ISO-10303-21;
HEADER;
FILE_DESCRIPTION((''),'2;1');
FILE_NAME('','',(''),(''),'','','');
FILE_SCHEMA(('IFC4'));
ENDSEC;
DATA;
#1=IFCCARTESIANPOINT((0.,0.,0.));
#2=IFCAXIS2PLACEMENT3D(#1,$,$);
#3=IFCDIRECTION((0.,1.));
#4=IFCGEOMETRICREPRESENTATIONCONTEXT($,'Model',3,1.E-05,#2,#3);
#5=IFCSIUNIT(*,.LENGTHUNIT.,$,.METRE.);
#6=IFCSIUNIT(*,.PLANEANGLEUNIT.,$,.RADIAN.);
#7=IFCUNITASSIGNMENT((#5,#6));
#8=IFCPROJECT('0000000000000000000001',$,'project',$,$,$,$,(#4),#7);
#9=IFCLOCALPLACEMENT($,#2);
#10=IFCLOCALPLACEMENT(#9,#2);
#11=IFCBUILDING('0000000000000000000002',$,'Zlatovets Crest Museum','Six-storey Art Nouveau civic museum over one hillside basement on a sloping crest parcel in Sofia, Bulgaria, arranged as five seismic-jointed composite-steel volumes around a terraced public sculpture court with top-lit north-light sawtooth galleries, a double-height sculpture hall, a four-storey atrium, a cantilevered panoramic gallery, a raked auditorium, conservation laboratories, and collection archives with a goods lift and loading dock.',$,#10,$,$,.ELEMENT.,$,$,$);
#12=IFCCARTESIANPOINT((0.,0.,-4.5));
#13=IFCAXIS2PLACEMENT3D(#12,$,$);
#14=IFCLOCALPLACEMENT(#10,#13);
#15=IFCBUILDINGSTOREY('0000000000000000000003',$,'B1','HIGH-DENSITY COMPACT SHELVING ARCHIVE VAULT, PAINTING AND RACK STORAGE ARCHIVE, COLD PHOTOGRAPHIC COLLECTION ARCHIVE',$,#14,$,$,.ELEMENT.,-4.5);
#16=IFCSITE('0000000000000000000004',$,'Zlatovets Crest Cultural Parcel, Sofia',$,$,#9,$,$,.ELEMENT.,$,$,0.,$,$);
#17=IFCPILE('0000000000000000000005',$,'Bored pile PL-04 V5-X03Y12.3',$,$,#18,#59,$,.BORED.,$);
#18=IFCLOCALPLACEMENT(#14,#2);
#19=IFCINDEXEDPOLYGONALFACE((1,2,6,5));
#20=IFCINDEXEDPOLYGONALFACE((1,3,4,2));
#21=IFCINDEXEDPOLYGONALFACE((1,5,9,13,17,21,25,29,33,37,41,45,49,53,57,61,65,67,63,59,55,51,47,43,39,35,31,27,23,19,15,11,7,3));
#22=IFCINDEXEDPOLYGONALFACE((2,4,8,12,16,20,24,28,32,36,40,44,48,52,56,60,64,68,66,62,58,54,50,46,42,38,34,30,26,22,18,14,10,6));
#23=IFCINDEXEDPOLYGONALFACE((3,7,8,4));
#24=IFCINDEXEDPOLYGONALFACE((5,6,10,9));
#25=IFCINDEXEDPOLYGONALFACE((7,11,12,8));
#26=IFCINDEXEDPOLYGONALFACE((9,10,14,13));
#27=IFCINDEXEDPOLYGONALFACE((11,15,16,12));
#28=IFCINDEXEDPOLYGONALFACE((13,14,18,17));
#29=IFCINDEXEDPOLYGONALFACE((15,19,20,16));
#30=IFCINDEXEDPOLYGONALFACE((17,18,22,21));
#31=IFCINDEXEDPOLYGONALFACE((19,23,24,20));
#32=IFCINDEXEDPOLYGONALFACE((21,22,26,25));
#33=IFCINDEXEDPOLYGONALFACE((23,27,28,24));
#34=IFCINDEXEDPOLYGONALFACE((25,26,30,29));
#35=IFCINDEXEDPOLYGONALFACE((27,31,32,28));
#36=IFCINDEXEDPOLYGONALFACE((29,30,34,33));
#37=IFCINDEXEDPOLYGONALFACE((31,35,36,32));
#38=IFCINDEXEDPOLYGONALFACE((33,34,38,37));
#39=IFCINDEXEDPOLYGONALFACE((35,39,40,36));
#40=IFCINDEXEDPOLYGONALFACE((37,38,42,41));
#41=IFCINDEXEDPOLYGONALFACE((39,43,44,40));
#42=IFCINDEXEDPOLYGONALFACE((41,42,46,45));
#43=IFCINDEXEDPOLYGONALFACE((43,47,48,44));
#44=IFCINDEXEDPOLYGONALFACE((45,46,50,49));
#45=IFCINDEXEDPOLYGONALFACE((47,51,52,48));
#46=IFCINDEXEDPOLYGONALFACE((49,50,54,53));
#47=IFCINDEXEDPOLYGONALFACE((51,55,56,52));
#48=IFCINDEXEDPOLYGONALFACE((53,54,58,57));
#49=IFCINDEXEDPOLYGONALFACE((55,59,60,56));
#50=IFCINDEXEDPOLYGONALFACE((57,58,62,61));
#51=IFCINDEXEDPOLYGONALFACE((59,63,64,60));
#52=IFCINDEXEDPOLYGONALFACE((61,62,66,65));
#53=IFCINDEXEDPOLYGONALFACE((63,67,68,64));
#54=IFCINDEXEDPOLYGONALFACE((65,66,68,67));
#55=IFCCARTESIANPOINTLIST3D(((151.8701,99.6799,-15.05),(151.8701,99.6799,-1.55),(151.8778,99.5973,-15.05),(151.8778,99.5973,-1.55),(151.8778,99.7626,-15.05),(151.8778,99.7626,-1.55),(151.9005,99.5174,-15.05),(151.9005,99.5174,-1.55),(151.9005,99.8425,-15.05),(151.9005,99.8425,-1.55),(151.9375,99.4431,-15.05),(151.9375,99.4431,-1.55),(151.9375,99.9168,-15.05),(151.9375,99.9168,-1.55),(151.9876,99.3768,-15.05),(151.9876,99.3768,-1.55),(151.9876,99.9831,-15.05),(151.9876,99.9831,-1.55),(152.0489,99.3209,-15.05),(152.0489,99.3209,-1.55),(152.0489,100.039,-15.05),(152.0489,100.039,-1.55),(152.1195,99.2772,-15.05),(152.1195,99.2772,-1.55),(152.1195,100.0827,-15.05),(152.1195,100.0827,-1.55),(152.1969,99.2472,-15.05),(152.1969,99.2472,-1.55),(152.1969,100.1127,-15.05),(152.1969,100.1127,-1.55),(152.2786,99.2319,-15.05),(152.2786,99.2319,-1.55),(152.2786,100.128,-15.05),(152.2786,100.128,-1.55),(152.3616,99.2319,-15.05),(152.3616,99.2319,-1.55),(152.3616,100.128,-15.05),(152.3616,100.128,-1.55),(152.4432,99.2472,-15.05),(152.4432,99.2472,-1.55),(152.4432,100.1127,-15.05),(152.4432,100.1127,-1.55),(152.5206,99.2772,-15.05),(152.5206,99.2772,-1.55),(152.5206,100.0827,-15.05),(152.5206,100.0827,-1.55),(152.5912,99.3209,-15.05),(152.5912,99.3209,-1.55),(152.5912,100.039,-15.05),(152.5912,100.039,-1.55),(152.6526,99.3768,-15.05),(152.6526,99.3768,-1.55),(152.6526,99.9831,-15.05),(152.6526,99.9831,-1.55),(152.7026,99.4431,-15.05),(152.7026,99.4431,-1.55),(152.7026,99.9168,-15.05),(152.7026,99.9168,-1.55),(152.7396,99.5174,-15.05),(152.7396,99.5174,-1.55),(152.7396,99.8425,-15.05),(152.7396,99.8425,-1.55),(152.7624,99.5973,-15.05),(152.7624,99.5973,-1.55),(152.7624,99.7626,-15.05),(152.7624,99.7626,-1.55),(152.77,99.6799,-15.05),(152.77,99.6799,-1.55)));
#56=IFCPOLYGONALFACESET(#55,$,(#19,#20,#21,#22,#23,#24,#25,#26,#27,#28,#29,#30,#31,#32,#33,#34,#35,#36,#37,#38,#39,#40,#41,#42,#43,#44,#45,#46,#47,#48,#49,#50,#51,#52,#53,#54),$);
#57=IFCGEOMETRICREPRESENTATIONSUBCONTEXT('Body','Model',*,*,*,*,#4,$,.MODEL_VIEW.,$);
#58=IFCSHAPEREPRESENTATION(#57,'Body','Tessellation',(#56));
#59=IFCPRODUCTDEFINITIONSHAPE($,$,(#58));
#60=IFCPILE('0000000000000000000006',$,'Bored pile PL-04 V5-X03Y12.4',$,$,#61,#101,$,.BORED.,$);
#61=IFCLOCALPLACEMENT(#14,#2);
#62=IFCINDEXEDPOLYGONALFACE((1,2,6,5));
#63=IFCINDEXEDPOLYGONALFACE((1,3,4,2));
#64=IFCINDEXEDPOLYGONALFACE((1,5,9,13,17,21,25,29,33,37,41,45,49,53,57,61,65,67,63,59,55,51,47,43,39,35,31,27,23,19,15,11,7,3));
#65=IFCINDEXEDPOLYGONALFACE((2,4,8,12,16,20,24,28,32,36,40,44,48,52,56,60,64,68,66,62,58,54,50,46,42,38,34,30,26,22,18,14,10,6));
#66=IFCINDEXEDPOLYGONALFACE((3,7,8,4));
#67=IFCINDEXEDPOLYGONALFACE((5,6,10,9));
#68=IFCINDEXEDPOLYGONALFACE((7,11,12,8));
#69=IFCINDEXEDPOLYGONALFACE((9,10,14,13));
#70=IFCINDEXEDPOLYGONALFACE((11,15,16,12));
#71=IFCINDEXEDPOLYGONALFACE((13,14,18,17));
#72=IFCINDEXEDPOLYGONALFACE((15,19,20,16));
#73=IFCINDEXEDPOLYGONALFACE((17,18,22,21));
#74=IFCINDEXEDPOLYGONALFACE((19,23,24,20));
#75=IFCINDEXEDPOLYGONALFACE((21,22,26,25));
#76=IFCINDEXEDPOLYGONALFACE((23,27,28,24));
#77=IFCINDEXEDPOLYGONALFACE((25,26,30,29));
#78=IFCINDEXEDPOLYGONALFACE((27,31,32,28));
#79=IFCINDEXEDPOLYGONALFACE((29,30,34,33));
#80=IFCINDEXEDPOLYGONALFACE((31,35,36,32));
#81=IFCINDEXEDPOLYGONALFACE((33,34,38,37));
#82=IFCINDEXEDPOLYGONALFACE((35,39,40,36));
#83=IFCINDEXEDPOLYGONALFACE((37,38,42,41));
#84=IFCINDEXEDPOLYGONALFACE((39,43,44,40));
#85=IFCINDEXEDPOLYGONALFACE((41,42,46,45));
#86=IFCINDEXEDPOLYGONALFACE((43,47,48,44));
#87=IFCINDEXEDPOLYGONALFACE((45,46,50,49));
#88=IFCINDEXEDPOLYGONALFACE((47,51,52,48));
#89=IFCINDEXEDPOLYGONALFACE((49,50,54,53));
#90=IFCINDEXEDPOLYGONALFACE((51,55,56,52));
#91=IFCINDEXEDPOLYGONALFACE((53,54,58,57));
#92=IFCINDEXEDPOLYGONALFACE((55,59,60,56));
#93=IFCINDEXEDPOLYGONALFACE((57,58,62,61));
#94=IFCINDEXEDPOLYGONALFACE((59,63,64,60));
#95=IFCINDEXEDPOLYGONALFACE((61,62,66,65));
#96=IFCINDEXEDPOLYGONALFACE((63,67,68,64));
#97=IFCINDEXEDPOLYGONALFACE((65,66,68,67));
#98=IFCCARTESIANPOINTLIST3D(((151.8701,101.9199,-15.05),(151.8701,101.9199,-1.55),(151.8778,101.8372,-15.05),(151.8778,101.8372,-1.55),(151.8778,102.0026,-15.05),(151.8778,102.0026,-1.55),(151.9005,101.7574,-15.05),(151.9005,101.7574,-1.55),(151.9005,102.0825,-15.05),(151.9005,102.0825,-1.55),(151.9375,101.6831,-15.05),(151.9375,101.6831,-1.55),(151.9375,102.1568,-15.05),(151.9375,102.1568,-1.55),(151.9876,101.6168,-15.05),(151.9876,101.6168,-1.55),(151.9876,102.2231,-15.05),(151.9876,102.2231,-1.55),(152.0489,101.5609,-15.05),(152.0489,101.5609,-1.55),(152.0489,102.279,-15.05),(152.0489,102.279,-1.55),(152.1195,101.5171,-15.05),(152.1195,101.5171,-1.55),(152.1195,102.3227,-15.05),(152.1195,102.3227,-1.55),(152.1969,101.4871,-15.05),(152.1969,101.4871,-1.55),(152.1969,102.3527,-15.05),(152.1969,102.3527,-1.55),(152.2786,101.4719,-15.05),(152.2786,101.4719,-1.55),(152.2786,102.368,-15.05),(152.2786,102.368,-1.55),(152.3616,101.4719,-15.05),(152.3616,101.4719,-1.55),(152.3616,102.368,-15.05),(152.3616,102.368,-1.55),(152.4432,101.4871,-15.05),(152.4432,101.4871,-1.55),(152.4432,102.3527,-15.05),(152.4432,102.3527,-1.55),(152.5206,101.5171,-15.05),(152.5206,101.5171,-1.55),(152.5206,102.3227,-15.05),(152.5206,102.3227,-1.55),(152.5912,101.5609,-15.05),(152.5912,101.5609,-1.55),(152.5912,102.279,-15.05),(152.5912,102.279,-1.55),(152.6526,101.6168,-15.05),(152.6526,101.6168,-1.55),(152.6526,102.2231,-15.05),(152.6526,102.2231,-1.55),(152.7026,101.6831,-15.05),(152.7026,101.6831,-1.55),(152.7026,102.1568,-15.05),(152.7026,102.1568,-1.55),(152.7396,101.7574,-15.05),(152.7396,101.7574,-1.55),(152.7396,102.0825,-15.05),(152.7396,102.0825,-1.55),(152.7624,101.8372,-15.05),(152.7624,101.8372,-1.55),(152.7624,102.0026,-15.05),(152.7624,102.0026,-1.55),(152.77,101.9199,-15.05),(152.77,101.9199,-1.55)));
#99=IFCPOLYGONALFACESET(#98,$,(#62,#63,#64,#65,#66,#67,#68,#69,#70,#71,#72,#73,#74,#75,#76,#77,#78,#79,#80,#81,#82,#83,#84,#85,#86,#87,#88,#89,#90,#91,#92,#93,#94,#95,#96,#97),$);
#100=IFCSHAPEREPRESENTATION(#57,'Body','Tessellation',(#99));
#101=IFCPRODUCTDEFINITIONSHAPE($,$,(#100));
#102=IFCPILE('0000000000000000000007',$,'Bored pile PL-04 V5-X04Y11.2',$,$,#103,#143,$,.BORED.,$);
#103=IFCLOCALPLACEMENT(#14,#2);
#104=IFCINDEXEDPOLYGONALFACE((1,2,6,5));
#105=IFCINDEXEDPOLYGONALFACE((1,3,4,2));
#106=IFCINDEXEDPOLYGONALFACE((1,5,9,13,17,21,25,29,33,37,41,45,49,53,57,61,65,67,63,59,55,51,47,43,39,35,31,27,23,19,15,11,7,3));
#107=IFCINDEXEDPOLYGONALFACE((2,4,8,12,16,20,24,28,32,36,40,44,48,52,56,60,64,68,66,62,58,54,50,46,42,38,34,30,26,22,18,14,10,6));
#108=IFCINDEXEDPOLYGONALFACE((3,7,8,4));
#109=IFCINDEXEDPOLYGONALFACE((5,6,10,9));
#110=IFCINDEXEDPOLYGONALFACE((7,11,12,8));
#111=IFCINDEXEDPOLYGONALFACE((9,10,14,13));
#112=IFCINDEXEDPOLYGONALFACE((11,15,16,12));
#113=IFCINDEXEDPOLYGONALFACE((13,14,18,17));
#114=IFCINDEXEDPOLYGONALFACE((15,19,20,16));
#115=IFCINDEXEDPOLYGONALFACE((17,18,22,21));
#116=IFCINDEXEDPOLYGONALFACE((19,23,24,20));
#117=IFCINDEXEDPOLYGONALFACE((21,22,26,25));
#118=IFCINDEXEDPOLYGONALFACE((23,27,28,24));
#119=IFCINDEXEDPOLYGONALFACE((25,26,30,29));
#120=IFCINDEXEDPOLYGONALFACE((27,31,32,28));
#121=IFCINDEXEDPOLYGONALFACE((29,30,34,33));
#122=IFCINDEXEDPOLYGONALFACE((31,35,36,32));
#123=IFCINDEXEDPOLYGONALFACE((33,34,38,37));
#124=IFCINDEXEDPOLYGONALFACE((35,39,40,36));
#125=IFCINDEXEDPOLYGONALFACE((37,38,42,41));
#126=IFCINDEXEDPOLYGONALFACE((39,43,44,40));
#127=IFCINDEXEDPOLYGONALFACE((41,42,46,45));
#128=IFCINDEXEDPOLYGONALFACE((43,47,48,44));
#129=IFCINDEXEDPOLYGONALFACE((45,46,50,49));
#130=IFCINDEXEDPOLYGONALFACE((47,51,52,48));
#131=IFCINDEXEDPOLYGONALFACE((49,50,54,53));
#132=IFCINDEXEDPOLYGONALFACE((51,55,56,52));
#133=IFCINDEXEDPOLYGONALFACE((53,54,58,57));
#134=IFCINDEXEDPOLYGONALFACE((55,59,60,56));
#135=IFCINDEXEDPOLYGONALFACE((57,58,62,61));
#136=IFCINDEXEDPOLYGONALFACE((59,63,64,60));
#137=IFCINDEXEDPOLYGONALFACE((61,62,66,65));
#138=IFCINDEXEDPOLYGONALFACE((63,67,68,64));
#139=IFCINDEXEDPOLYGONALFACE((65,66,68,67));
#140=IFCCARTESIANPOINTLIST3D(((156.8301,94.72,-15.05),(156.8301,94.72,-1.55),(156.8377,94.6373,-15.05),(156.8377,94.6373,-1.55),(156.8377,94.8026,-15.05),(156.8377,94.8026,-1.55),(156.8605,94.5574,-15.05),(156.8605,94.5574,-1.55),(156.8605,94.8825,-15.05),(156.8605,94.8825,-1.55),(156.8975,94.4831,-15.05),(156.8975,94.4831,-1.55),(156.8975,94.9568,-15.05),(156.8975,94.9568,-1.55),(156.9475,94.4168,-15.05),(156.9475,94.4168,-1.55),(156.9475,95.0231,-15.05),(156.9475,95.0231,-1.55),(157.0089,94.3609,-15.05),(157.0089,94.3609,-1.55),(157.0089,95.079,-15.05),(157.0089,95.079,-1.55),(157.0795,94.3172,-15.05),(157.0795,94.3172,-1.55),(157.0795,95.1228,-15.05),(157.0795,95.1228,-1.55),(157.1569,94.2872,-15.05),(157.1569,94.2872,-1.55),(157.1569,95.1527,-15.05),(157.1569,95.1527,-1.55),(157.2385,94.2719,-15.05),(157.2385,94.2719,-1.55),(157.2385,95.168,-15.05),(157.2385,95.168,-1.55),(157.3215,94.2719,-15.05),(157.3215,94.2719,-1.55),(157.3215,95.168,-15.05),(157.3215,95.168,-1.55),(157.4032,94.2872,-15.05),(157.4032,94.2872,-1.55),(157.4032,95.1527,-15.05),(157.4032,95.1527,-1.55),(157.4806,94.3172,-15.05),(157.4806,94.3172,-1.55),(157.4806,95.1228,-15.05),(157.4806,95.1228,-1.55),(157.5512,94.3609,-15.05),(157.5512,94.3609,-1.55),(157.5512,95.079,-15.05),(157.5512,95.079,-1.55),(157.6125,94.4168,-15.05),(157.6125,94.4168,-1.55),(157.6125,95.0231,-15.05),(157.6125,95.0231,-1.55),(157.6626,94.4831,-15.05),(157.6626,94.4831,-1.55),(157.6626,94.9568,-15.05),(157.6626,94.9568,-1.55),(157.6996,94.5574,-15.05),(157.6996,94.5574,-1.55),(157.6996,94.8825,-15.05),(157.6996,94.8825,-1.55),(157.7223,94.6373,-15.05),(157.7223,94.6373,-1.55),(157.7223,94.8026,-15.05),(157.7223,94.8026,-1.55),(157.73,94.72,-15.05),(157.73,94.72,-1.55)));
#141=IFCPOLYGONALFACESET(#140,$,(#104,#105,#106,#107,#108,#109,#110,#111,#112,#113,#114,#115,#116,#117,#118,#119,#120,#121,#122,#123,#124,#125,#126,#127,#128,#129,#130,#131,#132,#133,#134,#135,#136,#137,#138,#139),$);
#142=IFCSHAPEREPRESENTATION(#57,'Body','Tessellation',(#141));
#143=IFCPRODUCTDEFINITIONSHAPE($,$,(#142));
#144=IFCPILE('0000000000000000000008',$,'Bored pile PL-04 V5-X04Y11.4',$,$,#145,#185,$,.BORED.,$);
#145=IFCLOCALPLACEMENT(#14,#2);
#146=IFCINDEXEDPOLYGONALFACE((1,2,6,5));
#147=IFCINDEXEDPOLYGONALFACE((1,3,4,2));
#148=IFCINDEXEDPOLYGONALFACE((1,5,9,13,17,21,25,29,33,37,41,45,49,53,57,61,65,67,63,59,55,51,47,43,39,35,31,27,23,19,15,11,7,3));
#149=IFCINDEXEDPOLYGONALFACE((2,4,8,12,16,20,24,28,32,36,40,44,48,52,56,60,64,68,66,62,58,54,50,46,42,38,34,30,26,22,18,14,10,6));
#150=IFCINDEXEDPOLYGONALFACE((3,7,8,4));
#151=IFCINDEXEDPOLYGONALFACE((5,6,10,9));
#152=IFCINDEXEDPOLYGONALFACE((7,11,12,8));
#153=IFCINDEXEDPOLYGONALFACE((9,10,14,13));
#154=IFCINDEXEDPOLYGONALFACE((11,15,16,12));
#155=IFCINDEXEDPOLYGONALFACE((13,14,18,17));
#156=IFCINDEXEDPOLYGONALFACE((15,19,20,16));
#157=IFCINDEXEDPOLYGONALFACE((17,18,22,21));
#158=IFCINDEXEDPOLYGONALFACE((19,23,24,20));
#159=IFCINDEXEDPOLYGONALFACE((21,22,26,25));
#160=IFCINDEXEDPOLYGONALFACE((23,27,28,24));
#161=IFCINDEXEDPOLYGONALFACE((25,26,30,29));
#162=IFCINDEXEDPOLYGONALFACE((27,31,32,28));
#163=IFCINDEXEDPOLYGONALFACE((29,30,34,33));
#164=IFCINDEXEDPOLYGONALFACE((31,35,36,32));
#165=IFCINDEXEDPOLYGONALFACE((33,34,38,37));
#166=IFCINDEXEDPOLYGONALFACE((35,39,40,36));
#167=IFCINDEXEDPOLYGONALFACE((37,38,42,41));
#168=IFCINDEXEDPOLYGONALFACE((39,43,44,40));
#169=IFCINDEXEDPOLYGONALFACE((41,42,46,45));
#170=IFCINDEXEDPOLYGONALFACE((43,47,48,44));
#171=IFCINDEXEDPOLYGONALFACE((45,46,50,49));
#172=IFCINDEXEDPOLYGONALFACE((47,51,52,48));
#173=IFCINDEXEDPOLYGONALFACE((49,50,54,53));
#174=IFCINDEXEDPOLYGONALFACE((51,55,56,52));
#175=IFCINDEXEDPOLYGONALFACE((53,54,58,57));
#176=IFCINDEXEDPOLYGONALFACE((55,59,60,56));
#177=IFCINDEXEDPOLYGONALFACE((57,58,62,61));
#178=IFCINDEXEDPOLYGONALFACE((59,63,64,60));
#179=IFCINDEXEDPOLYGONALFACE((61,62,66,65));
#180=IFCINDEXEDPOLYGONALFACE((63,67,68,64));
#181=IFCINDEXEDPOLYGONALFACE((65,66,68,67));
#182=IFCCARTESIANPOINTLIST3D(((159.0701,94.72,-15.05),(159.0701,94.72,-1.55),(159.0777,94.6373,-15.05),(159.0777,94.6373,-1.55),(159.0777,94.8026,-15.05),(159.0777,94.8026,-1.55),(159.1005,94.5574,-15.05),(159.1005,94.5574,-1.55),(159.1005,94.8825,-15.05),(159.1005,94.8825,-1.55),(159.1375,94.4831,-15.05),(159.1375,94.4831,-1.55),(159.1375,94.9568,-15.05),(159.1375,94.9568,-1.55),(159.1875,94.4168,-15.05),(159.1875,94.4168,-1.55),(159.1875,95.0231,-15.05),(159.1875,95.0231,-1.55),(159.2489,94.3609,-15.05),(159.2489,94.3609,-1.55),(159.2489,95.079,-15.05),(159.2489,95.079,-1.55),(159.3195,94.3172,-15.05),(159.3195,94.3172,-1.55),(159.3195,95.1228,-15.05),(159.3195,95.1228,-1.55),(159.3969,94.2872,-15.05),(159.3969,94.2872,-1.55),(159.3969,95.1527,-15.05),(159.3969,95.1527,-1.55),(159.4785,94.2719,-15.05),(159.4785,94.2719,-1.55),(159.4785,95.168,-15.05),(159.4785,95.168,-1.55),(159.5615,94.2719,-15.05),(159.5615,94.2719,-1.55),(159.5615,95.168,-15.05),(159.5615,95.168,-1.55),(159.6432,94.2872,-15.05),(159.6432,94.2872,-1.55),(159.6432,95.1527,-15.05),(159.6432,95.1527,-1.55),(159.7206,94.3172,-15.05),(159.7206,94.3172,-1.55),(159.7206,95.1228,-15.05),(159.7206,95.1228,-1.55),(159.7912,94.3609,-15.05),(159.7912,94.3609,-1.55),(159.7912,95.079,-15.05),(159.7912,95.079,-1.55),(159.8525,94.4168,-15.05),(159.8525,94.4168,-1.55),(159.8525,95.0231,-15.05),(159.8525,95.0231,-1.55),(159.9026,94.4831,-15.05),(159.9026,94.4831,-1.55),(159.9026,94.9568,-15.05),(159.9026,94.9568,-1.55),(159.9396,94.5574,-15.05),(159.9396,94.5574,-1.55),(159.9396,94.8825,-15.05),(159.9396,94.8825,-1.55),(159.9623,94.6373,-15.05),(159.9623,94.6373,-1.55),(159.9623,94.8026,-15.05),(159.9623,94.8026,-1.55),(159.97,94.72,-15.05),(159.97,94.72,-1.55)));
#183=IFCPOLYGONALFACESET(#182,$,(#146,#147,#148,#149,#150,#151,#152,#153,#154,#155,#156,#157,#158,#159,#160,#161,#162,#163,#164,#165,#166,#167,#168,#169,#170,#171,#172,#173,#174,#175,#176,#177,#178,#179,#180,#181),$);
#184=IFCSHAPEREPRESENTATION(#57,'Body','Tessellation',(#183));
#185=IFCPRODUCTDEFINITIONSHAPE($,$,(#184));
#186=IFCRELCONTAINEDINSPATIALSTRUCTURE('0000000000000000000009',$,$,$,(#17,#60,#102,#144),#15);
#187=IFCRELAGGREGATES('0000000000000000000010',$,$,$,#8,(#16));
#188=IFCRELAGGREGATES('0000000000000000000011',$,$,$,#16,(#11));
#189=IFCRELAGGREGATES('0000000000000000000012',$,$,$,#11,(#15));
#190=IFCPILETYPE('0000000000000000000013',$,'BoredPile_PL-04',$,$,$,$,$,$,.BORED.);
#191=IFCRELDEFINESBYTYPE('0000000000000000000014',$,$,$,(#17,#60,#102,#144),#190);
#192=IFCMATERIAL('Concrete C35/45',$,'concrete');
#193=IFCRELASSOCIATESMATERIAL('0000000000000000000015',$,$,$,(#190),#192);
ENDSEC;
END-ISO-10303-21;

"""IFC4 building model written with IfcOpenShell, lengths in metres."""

from ifc_helpers import new_model, si_unit, direction, frame, origin, origin_2d, place, context, subcontext, project, spatial, circle, extrude, material, material_profile, profile_set, type_object, element, save


model = new_model("IFC4")

# Units and contexts
model_context = context("Model", 3, precision=1e-05, world=origin(), true_north=direction((0.0, 1.0)))
body_context = subcontext(model_context, "Body", "Model", "MODEL_VIEW")
ifc_project = project(units=[si_unit("LENGTHUNIT", "METRE"), si_unit("PLANEANGLEUNIT", "RADIAN")], contexts=[model_context])

# Site, building, storey
site_placement = place(None, origin())
site = spatial("IfcSite", under=ifc_project, at=site_placement, Name="Zlatovets Crest Cultural Parcel, Sofia", CompositionType="ELEMENT", RefElevation=0.0)
building_placement = place(site_placement, origin())
building = spatial("IfcBuilding", under=site, at=building_placement, Name="Zlatovets Crest Museum", Description="Six-storey Art Nouveau civic museum over one hillside basement on a sloping crest parcel in Sofia, Bulgaria, arranged as five seismic-jointed composite-steel volumes around a terraced public sculpture court with top-lit north-light sawtooth galleries, a double-height sculpture hall, a four-storey atrium, a cantilevered panoramic gallery, a raked auditorium, conservation laboratories, and collection archives with a goods lift and loading dock.", CompositionType="ELEMENT")
storey_placement = place(building_placement, frame((0.0, 0.0, -4.5)))
storey = spatial("IfcBuildingStorey", under=building, at=storey_placement, Name="B1", Description="HIGH-DENSITY COMPACT SHELVING ARCHIVE VAULT, PAINTING AND RACK STORAGE ARCHIVE, COLD PHOTOGRAPHIC COLLECTION ARCHIVE", CompositionType="ELEMENT", Elevation=-4.5)

# Piles
ifc_material = material(Name="Concrete C35/45", Category="concrete")
ifc_material_profile_1 = material_profile(ifc_material, circle(Radius=0.45, at=origin_2d()), Name="PILE D900")
ifc_profile_set_1 = profile_set([ifc_material_profile_1], Name="Concrete C35/45")
pile_type = type_object("IfcPileType", Name="BoredPile_PL-04", PredefinedType="BORED", material=ifc_profile_set_1)
for number, where, z_axis, x_axis, name in (
    (1, (152.3201, 99.6799, -1.55), (0.0, 0.0, -1.0), (1.0, 0.0, 0.0), "Bored pile PL-04 V5-X03Y12.3"),
    (2, (152.3201, 101.9199, -1.55), (0.0, 0.0, -1.0), (1.0, 0.0, 0.0), "Bored pile PL-04 V5-X03Y12.4"),
    (3, (157.28, 94.72, -1.55), (0.0, 0.0, -1.0), (1.0, 0.0, 0.0), "Bored pile PL-04 V5-X04Y11.2"),
    (4, (159.52, 94.72, -1.55), (0.0, 0.0, -1.0), (1.0, 0.0, 0.0), "Bored pile PL-04 V5-X04Y11.4"),
):
    element("IfcPile", number, at=place(storey_placement, frame(where, z_axis=z_axis, x_axis=x_axis)), inside=storey, type_object=pile_type, Name=name, PredefinedType="BORED", context=body_context, shape_type="SweptSolid", body=[
        extrude(circle(Radius=0.45, at=origin_2d()), origin(), (0.0, 0.0, 1.0), 13.5),
    ])

save(model, "model.ifc")
